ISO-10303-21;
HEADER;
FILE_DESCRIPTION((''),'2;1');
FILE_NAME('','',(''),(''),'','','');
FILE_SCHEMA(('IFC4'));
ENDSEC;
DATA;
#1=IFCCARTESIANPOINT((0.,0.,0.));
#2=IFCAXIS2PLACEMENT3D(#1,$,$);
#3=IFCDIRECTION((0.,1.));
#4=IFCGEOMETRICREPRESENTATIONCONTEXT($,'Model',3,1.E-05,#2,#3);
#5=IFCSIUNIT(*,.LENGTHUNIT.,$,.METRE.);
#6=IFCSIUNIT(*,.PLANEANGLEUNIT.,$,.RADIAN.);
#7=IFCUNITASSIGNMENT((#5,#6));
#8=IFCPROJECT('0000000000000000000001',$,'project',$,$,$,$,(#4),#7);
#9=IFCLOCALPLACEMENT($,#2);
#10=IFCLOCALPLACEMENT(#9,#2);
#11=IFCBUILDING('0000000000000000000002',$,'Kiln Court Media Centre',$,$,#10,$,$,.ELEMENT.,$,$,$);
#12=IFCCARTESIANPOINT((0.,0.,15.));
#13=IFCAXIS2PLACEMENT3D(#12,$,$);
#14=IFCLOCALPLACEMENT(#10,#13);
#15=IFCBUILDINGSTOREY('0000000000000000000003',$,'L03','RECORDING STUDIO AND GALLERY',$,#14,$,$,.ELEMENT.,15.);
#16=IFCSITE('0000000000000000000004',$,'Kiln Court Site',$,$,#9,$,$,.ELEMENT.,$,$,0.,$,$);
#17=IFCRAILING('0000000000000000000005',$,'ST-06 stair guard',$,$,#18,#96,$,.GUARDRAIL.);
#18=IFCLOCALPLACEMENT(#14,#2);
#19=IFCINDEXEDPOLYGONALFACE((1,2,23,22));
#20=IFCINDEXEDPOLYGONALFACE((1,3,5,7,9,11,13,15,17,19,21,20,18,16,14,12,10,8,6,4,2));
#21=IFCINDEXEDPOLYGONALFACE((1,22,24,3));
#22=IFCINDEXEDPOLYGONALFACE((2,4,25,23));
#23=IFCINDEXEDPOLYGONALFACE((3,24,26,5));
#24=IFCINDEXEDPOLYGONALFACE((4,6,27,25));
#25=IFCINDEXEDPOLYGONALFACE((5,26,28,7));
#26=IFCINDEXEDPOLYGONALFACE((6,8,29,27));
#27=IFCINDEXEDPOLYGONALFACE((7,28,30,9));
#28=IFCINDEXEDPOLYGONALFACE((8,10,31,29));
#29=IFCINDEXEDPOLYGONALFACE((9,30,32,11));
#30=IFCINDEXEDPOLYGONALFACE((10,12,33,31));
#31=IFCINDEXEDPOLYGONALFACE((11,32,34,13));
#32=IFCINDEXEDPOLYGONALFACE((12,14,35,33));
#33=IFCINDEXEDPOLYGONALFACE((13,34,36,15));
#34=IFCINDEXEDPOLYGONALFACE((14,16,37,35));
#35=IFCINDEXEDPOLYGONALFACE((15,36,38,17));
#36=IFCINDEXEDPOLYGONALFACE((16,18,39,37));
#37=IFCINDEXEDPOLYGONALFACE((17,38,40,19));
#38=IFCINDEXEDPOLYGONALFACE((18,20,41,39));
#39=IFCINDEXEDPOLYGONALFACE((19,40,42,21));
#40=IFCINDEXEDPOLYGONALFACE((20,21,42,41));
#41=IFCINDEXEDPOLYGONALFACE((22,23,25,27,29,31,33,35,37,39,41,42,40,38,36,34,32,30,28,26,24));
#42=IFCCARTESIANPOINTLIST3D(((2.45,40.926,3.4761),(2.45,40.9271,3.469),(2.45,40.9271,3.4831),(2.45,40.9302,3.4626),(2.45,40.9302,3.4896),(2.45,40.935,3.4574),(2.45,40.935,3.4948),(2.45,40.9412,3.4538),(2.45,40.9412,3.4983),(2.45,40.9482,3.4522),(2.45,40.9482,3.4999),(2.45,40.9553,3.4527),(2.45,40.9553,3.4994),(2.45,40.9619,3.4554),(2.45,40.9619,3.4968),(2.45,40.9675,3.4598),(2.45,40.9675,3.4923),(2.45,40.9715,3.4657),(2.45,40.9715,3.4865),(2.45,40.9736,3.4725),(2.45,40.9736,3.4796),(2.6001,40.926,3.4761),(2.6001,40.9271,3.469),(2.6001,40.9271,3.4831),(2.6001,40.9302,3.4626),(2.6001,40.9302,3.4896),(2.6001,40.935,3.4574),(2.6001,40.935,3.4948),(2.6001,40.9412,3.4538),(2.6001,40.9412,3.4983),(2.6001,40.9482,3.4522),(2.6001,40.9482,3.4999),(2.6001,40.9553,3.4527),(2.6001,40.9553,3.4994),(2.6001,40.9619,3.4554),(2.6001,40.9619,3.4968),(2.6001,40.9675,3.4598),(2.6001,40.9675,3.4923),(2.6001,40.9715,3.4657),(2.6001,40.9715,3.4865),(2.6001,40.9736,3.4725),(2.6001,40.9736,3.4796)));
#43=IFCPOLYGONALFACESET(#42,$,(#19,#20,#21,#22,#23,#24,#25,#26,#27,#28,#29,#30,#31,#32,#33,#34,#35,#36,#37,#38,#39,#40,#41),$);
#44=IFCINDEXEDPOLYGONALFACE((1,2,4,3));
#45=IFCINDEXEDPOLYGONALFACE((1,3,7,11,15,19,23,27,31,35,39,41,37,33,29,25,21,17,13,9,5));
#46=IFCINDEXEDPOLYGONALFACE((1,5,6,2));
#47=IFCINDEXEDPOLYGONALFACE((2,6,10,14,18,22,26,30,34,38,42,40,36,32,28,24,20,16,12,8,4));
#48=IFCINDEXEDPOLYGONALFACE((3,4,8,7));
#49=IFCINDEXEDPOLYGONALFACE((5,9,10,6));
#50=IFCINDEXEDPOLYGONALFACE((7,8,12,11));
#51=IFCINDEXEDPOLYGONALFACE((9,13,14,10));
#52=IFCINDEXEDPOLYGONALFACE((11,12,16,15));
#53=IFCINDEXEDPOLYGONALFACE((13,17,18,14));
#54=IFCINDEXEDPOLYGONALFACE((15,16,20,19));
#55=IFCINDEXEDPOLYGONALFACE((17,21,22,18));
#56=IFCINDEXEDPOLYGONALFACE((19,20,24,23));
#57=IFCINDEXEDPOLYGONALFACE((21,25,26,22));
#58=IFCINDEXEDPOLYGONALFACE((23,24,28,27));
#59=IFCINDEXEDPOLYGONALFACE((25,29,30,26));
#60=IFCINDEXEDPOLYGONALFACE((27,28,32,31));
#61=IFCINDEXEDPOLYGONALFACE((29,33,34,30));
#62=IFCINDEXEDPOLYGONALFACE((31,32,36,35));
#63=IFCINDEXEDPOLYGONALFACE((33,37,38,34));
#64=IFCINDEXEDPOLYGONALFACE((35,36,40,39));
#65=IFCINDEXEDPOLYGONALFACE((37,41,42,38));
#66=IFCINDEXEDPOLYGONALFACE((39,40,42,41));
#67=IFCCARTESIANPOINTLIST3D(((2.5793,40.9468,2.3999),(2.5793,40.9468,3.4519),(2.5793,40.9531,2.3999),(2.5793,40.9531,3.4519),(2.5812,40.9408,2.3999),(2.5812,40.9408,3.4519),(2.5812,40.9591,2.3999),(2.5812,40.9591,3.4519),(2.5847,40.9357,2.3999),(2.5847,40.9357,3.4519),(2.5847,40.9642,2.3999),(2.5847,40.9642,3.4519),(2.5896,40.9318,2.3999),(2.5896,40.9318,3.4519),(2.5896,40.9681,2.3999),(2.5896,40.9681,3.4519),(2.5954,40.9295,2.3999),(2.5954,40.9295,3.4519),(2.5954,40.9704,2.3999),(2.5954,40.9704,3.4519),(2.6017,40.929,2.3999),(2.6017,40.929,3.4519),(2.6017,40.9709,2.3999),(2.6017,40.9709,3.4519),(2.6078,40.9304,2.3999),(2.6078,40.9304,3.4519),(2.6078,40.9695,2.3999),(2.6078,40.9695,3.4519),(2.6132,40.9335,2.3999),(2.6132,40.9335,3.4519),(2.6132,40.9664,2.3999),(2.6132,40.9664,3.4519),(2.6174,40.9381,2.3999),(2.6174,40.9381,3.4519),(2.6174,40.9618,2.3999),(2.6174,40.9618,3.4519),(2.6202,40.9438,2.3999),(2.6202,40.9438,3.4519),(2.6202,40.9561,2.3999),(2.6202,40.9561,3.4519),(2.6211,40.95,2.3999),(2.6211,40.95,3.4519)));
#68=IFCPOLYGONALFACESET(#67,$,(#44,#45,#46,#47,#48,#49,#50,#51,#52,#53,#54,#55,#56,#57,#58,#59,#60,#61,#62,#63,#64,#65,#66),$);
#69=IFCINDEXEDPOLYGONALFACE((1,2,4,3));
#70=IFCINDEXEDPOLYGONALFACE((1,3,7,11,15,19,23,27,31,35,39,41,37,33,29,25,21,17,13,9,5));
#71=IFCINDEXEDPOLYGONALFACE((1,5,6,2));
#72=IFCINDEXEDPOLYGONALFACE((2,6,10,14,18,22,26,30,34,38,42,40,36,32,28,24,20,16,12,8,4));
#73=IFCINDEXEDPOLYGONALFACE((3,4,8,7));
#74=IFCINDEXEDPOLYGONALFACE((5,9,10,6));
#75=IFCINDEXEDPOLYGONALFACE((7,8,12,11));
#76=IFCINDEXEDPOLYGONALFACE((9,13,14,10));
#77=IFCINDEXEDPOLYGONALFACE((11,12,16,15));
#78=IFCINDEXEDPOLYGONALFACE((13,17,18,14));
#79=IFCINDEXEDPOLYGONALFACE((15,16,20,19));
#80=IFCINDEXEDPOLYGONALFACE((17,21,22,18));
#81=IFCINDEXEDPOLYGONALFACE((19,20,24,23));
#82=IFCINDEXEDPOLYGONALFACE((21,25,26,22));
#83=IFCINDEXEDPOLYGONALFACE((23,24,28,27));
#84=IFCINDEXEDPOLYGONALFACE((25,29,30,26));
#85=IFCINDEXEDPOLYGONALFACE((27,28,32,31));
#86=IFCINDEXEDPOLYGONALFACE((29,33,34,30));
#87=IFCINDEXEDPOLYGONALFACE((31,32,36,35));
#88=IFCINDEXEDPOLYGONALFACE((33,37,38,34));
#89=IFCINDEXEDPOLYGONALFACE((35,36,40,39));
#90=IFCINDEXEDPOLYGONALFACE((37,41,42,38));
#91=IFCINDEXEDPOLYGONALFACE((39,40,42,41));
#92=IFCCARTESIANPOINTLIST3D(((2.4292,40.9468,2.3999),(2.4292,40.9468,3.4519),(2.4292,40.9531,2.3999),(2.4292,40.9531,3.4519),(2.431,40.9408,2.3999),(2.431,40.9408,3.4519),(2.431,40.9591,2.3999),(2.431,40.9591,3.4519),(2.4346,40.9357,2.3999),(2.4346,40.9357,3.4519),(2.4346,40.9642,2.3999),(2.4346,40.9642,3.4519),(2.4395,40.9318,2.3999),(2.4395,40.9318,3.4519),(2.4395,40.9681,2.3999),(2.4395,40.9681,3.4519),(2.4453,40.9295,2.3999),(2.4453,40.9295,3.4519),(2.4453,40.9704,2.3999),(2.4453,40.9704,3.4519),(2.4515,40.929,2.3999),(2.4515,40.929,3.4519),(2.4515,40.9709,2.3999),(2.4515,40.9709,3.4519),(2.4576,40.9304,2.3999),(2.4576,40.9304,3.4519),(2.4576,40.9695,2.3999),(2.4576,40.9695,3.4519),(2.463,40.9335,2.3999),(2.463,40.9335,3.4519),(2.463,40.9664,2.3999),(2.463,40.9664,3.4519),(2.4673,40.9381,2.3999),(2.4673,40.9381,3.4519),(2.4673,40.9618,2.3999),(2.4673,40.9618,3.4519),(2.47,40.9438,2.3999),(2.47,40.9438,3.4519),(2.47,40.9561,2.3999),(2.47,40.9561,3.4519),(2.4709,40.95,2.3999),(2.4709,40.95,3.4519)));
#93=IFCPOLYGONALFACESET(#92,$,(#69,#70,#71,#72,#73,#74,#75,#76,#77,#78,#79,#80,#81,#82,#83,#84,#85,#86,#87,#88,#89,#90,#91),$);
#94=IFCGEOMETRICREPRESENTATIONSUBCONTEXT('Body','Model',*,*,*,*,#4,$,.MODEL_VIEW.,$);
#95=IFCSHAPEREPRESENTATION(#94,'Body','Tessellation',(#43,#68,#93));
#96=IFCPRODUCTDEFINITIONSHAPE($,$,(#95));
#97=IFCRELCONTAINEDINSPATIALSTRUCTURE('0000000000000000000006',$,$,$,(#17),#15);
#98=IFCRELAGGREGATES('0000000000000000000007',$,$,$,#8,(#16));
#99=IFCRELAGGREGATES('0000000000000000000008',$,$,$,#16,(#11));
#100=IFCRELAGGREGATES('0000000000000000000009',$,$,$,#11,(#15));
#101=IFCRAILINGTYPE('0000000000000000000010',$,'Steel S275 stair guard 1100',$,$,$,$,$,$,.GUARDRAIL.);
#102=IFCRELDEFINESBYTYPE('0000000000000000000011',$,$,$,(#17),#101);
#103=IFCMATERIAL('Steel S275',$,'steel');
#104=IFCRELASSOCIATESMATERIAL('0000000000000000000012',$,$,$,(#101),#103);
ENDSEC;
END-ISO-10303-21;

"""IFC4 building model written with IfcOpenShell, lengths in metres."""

from ifc_helpers import new_model, si_unit, direction, frame, origin, origin_2d, place, context, subcontext, project, spatial, circle, extrude, material, type_object, element, save


model = new_model("IFC4")

# Units and contexts
model_context = context("Model", 3, precision=1e-05, world=origin(), true_north=direction((0.0, 1.0)))
body_context = subcontext(model_context, "Body", "Model", "MODEL_VIEW")
ifc_project = project(units=[si_unit("LENGTHUNIT", "METRE"), si_unit("PLANEANGLEUNIT", "RADIAN")], contexts=[model_context])

# Site, building, storey
site_placement = place(None, origin())
site = spatial("IfcSite", under=ifc_project, at=site_placement, Name="Kiln Court Site", CompositionType="ELEMENT", RefElevation=0.0)
building_placement = place(site_placement, origin())
building = spatial("IfcBuilding", under=site, at=building_placement, Name="Kiln Court Media Centre", CompositionType="ELEMENT")
storey_placement = place(building_placement, frame((0.0, 0.0, 15.0)))
storey = spatial("IfcBuildingStorey", under=building, at=storey_placement, Name="L03", Description="RECORDING STUDIO AND GALLERY", CompositionType="ELEMENT", Elevation=15.0)

# Railing
ifc_material_1 = material(Name="Steel S275", Category="steel")
railing_type_1 = type_object("IfcRailingType", Name="Steel S275 stair guard 1100", PredefinedType="GUARDRAIL", material=ifc_material_1)
railing_1_placement = place(storey_placement, frame((2.6001, 40.95, 2.3999)))
element("IfcRailing", 1, at=railing_1_placement, inside=storey, type_object=railing_type_1, Name="ST-06 stair guard", PredefinedType="GUARDRAIL", context=body_context, shape_type="SweptSolid", body=[
    extrude(circle(Radius=0.0239, at=origin_2d()), frame((0.0, 0.0, 1.0762), z_axis=(-1.0, 0.0, 0.0), x_axis=(0.0, -1.0, 0.0)), (0.0, 0.0, 1.0), 0.1501),
    extrude(circle(Radius=0.021, at=origin_2d()), origin(), (0.0, 0.0, 1.0), 1.052),
    extrude(circle(Radius=0.021, at=origin_2d()), frame((-0.1501, 0.0, 0.0)), (0.0, 0.0, 1.0), 1.052),
])

save(model, "model.ifc")
